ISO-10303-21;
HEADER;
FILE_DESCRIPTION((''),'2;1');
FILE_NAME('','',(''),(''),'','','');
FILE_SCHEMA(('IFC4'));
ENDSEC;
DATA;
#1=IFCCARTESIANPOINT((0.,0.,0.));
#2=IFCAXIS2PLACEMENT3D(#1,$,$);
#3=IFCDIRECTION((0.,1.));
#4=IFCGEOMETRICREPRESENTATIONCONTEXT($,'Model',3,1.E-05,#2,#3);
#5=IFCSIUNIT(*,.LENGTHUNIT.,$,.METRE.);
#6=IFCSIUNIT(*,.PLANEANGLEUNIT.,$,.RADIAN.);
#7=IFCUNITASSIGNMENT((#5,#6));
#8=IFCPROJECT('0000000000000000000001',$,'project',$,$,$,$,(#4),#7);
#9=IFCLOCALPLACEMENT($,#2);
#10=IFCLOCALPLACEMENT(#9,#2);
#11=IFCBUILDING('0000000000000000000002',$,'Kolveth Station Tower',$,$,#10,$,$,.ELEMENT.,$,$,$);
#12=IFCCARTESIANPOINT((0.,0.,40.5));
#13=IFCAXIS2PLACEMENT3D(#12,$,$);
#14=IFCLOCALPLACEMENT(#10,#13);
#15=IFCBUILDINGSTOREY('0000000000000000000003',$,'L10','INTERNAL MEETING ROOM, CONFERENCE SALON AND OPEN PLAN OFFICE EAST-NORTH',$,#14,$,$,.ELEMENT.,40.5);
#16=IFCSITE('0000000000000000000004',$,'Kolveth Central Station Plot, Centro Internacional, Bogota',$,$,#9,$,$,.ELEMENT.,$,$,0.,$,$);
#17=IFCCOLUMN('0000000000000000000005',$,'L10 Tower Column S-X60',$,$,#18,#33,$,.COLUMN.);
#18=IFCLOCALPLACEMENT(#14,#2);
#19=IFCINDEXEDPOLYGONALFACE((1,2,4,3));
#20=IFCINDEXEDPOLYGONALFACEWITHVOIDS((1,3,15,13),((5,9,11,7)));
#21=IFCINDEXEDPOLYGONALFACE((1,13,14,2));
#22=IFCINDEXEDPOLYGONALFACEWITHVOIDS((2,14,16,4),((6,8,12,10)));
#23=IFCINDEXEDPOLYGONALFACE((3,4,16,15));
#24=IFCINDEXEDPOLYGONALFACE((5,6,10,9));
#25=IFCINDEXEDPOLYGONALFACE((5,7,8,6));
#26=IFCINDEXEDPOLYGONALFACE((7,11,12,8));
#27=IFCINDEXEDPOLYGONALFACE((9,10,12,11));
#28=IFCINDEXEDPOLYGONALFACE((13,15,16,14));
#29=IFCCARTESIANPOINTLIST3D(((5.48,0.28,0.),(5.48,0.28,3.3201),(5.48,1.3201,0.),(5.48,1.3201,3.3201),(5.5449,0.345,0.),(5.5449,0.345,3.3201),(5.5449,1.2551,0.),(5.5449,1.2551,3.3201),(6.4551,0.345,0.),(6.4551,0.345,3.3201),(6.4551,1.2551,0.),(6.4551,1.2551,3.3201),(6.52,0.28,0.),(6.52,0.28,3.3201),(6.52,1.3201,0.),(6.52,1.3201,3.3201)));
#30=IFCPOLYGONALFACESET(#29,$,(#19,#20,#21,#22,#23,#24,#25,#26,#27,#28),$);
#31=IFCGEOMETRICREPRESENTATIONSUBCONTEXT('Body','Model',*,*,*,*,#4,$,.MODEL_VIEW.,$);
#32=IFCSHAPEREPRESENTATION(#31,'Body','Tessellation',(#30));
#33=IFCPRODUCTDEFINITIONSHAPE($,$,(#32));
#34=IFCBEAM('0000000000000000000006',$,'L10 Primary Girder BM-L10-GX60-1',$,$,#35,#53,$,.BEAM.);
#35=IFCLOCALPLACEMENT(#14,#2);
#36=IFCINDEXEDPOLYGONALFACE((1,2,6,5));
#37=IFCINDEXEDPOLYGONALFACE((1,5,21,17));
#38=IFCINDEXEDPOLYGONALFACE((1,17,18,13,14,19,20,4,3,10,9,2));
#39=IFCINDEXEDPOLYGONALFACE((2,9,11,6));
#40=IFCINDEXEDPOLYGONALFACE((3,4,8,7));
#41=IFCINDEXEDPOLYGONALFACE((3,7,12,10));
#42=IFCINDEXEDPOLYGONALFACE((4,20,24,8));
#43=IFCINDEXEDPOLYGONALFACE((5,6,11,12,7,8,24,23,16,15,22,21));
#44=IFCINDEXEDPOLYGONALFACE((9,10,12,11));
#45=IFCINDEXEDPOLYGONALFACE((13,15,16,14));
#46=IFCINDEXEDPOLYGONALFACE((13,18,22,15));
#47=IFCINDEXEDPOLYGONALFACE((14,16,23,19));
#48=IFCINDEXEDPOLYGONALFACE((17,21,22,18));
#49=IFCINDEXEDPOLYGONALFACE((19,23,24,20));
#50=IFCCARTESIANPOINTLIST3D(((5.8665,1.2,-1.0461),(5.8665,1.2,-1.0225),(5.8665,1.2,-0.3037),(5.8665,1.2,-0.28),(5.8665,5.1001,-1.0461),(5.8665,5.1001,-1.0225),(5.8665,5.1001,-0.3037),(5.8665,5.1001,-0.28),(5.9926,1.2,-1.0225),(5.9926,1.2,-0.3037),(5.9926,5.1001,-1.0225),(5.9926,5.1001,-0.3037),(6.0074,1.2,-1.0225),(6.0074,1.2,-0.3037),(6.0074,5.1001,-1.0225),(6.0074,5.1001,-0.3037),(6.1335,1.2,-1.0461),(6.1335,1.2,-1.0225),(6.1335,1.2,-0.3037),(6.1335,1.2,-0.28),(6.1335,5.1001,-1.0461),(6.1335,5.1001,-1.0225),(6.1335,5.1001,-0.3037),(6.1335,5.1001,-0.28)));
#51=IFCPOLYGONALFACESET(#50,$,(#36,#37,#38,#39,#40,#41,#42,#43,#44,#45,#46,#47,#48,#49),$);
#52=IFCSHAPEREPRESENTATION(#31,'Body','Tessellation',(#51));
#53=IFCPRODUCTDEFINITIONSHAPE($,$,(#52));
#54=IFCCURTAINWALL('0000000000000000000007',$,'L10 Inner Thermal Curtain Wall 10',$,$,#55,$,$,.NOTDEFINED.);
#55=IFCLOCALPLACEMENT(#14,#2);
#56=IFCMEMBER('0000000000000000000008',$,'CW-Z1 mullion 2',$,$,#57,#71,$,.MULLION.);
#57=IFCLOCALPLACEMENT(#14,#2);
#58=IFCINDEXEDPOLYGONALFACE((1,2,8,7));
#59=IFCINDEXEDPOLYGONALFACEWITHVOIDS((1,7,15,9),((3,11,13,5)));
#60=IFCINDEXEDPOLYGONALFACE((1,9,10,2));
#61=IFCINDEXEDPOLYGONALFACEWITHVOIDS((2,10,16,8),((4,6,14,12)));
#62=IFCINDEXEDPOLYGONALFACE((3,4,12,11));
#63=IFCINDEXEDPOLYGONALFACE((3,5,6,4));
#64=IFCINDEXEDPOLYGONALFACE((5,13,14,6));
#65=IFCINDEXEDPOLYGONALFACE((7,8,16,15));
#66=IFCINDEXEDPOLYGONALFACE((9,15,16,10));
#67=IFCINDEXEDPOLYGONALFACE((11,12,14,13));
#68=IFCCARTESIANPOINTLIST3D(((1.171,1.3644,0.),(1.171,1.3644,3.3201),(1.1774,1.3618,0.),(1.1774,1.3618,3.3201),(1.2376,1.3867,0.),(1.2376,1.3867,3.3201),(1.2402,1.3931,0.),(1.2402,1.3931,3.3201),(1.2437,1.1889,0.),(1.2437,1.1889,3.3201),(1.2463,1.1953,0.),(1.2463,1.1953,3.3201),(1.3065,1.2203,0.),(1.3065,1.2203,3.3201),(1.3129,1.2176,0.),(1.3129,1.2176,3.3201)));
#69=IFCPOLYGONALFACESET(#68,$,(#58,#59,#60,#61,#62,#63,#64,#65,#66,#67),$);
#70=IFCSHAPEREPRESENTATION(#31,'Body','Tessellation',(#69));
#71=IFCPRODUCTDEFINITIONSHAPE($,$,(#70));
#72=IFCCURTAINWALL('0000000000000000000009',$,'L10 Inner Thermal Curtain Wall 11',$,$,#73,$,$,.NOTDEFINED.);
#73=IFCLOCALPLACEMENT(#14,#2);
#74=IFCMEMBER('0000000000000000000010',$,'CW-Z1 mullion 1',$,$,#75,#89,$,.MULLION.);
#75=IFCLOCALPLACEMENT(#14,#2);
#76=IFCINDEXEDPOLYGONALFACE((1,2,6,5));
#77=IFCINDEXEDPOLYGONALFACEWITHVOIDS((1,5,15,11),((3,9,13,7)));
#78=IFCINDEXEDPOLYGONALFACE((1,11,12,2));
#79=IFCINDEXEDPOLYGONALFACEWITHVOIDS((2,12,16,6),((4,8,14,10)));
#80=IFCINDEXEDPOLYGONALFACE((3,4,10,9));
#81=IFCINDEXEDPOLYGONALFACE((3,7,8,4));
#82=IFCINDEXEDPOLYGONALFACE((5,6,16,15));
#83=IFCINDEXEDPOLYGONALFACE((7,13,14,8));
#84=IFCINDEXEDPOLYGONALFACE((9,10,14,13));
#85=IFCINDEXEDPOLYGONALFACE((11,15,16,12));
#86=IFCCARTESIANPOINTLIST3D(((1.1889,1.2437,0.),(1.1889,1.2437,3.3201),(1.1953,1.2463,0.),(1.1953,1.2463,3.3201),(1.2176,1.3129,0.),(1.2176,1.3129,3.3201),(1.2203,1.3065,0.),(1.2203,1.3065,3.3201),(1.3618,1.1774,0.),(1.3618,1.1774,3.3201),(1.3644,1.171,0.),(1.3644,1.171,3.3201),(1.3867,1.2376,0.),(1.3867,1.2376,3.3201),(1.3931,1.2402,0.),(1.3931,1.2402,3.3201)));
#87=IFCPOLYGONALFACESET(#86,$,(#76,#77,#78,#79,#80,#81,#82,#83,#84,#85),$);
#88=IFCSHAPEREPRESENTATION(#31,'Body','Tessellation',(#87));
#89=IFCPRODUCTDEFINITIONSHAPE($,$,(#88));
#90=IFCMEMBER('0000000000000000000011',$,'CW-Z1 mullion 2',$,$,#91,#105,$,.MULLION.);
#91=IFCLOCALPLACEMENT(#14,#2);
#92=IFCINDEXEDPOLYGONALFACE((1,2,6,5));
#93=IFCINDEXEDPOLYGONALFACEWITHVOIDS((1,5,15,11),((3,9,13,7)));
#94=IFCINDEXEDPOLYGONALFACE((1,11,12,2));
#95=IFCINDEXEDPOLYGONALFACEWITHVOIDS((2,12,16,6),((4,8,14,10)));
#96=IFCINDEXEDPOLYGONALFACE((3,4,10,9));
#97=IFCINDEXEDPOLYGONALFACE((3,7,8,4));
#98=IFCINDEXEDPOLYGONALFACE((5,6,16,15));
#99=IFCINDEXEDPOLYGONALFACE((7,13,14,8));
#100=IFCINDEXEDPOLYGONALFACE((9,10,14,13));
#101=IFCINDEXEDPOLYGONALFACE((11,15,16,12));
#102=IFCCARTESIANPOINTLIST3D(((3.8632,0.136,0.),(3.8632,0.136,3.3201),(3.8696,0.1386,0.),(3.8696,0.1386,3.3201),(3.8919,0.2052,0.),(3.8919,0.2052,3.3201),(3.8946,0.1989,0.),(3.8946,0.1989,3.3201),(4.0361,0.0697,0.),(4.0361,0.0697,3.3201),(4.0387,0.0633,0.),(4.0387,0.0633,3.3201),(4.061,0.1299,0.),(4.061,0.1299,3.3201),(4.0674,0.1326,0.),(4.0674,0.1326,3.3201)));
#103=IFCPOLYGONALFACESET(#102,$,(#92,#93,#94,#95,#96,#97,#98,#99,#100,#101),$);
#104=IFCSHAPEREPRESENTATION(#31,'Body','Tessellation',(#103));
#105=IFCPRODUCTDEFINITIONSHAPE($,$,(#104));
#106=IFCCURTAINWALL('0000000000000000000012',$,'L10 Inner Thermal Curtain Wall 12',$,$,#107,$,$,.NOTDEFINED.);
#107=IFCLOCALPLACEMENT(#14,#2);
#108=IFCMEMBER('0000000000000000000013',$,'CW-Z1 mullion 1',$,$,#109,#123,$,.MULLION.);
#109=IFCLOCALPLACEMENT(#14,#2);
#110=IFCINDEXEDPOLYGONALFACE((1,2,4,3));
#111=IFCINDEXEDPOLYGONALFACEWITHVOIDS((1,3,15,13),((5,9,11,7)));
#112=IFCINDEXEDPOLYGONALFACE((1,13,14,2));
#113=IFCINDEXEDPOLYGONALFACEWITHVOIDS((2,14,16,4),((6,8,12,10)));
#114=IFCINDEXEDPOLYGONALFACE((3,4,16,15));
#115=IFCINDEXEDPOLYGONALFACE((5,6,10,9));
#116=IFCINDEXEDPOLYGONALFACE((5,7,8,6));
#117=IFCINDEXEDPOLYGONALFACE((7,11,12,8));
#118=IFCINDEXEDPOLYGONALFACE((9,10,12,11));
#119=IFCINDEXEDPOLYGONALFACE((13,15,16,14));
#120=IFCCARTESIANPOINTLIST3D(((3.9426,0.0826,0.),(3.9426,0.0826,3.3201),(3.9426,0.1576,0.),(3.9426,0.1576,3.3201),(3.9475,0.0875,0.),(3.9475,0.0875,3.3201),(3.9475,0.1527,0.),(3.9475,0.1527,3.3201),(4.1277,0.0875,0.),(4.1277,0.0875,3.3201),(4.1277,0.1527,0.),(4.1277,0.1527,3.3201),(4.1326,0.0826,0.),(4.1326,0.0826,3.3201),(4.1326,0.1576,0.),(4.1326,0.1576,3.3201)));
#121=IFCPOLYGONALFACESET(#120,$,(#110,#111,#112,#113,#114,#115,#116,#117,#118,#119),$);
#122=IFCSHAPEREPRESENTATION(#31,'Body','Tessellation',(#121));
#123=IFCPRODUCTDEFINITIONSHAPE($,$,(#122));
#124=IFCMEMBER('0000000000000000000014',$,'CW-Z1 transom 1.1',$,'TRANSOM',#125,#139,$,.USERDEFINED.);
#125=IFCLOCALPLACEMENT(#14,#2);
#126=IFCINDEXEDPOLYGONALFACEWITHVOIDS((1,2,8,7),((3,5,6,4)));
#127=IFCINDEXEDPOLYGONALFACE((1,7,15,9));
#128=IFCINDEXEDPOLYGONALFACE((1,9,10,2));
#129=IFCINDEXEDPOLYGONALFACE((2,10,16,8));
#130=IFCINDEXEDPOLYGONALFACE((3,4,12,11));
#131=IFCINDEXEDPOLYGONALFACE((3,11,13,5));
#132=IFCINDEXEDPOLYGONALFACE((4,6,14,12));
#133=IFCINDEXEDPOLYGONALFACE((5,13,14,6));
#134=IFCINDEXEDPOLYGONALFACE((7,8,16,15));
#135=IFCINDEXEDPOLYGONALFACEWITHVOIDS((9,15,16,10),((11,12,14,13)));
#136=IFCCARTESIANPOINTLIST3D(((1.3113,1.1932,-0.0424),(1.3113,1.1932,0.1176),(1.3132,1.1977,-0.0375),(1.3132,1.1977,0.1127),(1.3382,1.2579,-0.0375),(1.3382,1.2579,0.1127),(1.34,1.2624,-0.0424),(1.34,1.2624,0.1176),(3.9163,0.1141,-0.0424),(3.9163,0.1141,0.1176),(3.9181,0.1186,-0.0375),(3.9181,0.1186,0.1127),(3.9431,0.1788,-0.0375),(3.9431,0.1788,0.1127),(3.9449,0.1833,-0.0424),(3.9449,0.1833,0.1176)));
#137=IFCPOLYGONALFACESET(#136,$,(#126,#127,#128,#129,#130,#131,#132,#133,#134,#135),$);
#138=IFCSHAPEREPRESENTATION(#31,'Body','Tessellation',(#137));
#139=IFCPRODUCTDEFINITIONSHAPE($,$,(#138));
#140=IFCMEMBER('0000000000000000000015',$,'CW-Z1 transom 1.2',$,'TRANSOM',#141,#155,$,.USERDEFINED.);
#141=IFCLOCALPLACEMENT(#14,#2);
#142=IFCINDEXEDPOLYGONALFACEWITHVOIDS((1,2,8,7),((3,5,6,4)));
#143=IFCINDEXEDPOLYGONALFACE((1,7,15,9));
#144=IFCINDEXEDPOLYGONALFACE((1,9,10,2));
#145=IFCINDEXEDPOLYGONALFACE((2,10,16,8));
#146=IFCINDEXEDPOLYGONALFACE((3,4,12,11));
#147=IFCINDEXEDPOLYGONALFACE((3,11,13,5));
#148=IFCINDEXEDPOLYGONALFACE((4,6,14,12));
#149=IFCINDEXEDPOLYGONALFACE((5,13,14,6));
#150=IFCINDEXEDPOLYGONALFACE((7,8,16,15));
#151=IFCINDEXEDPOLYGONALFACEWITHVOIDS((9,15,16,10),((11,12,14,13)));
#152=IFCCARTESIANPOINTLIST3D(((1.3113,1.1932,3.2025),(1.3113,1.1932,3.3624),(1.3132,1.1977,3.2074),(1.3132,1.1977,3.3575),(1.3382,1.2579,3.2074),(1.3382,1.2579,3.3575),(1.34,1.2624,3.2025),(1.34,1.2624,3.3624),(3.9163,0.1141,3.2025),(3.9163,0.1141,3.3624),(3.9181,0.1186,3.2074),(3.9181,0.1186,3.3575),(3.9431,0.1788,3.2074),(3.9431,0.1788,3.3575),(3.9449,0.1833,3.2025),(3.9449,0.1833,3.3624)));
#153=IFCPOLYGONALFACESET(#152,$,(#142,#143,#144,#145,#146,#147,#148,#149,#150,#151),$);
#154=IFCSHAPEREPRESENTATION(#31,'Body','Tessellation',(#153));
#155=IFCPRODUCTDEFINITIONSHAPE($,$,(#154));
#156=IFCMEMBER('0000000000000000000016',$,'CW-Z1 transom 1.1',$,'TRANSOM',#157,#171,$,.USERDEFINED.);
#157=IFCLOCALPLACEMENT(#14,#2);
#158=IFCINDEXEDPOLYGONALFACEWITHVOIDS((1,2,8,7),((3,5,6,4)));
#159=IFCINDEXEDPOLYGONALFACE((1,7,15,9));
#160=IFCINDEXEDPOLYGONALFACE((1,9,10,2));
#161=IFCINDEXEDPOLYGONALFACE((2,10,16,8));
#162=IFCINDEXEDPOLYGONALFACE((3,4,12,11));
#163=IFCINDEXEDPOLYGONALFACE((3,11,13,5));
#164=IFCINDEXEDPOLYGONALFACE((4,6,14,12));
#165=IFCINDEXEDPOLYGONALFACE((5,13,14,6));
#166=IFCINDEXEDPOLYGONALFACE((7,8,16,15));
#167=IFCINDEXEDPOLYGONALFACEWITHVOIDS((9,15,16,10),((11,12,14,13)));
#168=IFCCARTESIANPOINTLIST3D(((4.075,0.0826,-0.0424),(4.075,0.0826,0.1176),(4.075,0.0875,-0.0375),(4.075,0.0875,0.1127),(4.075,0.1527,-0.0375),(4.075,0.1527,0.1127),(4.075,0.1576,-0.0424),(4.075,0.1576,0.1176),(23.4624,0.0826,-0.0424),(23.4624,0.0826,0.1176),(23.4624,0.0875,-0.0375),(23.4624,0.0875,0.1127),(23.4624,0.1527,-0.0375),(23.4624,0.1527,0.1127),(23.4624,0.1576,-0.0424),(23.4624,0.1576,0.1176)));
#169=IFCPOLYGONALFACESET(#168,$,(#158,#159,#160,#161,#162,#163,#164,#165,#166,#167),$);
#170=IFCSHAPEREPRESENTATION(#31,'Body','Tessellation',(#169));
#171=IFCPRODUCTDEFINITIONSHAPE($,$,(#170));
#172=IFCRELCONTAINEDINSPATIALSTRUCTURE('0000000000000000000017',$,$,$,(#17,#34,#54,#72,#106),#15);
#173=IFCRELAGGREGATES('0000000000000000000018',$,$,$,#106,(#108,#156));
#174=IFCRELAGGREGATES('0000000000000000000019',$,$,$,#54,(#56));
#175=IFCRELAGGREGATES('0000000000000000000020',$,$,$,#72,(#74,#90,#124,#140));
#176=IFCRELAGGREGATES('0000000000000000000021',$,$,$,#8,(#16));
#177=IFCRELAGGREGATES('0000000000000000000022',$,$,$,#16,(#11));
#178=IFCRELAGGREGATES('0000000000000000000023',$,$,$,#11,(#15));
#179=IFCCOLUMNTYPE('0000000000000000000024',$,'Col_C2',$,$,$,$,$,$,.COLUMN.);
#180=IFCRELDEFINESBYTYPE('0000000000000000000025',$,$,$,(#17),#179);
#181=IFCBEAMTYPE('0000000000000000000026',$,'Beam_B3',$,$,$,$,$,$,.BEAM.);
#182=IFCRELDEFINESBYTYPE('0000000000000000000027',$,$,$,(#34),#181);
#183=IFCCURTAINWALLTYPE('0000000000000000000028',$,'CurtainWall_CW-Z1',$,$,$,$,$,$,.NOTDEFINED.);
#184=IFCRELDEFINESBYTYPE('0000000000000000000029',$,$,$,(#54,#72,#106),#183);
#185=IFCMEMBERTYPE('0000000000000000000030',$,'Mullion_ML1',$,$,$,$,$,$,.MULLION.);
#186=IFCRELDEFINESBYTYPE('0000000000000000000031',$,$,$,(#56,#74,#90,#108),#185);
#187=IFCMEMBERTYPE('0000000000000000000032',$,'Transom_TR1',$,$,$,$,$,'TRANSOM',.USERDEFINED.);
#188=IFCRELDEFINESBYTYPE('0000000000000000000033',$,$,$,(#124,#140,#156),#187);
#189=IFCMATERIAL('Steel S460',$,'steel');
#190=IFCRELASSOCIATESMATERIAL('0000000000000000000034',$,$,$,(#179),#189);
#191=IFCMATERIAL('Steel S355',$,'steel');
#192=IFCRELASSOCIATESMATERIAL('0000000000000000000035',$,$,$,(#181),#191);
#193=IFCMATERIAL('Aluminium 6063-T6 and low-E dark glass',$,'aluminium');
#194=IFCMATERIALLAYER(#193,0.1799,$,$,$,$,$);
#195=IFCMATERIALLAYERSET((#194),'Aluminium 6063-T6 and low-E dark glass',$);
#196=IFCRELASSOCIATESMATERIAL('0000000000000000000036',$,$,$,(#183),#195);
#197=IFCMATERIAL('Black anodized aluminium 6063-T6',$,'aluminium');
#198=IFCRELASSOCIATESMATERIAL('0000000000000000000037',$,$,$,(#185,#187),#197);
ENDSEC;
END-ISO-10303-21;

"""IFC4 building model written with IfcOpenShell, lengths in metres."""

from ifc_helpers import new_model, si_unit, direction, frame, origin, origin_2d, place, context, subcontext, project, spatial, hollow_rectangle, i_section, extrude, source, transform, mapped, material, layer, layer_set, material_profile, profile_set, type_object, element, aggregate, save


model = new_model("IFC4")

# Units and contexts
model_context = context("Model", 3, precision=1e-05, world=origin(), true_north=direction((0.0, 1.0)))
body_context = subcontext(model_context, "Body", "Model", "MODEL_VIEW")
ifc_project = project(units=[si_unit("LENGTHUNIT", "METRE"), si_unit("PLANEANGLEUNIT", "RADIAN")], contexts=[model_context])

# Site, building, storey
site_placement = place(None, origin())
site = spatial("IfcSite", under=ifc_project, at=site_placement, Name="Kolveth Central Station Plot, Centro Internacional, Bogota", CompositionType="ELEMENT", RefElevation=0.0)
building_placement = place(site_placement, origin())
building = spatial("IfcBuilding", under=site, at=building_placement, Name="Kolveth Station Tower", CompositionType="ELEMENT")
storey_placement = place(building_placement, frame((0.0, 0.0, 40.5)))
storey = spatial("IfcBuildingStorey", under=building, at=storey_placement, Name="L10", Description="INTERNAL MEETING ROOM, CONFERENCE SALON AND OPEN PLAN OFFICE EAST-NORTH", CompositionType="ELEMENT", Elevation=40.5)

# Column
ifc_material_1 = material(Name="Steel S460", Category="steel")
ifc_material_profile_1 = material_profile(ifc_material_1, hollow_rectangle(XDim=1.04, YDim=1.04, WallThickness=0.0649, at=origin_2d()), Name="BOX1040x1040x65")
ifc_profile_set_1 = profile_set([ifc_material_profile_1], Name="Steel S460")
column_type = type_object("IfcColumnType", Name="Col_C2", PredefinedType="COLUMN", material=ifc_profile_set_1)
shared_shape_1 = source(origin(), body_context, "Body", "SweptSolid", [
    extrude(hollow_rectangle(XDim=1.04, YDim=1.04, WallThickness=0.0649, at=origin_2d()), origin(), (0.0, 0.0, 1.0), 3.3201),
])
column_placement = place(storey_placement, frame((6.0, 0.8, 0.0), z_axis=(0.0, 0.0, 1.0), x_axis=(1.0, 0.0, 0.0)))
element("IfcColumn", 1, at=column_placement, inside=storey, type_object=column_type, Name="L10 Tower Column S-X60", PredefinedType="COLUMN", context=body_context, shape_type="MappedRepresentation", body=[
    mapped(shared_shape_1, transform((0.0, 0.0, 0.0), x_axis=(1.0, 0.0, 0.0), y_axis=(0.0, 1.0, 0.0), z_axis=(0.0, 0.0, 1.0), scale=1.0)),
])

# Beam
ifc_material_2 = material(Name="Steel S355", Category="steel")
ifc_material_profile_2 = material_profile(ifc_material_2, i_section(OverallWidth=0.2671, OverallDepth=0.7661, WebThickness=0.0149, FlangeThickness=0.0237, at=origin_2d()), Name="W760x185")
ifc_profile_set_2 = profile_set([ifc_material_profile_2], Name="Steel S355")
beam_type = type_object("IfcBeamType", Name="Beam_B3", PredefinedType="BEAM", material=ifc_profile_set_2)
shared_shape_2 = source(origin(), body_context, "Body", "SweptSolid", [
    extrude(i_section(OverallWidth=0.2671, OverallDepth=0.7661, WebThickness=0.0149, FlangeThickness=0.0237, at=origin_2d()), origin(), (0.0, 0.0, 1.0), 3.9001),
])
beam_placement = place(storey_placement, frame((6.0, 1.2, -0.6631), z_axis=(0.0, 1.0, 0.0), x_axis=(-1.0, 0.0, 0.0)))
element("IfcBeam", 2, at=beam_placement, inside=storey, type_object=beam_type, Name="L10 Primary Girder BM-L10-GX60-1", PredefinedType="BEAM", context=body_context, shape_type="MappedRepresentation", body=[
    mapped(shared_shape_2, transform((0.0, 0.0, 0.0), x_axis=(1.0, 0.0, 0.0), y_axis=(0.0, 1.0, 0.0), z_axis=(0.0, 0.0, 1.0), scale=1.0)),
])

# Curtain wall, member
ifc_material_3 = material(Name="Aluminium 6063-T6 and low-E dark glass", Category="aluminium")
ifc_layer_1 = layer(ifc_material_3, 0.1799)
ifc_layer_set_1 = layer_set([ifc_layer_1], Name="Aluminium 6063-T6 and low-E dark glass")
curtain_wall_type_1 = type_object("IfcCurtainWallType", Name="CurtainWall_CW-Z1", PredefinedType="NOTDEFINED", material=ifc_layer_set_1)
curtain_wall_1_placement = place(storey_placement, origin())
curtain_wall_1 = element("IfcCurtainWall", 3, at=curtain_wall_1_placement, inside=storey, type_object=curtain_wall_type_1, Name="L10 Inner Thermal Curtain Wall 10", PredefinedType="NOTDEFINED")
ifc_material_4 = material(Name="Black anodized aluminium 6063-T6", Category="aluminium")
ifc_material_profile_3 = material_profile(ifc_material_4, hollow_rectangle(XDim=0.075, YDim=0.1899, WallThickness=0.0049, at=origin_2d()), Name="ALU-75x190x5")
ifc_profile_set_3 = profile_set([ifc_material_profile_3], Name="Black anodized aluminium 6063-T6")
member_type_1 = type_object("IfcMemberType", Name="Mullion_ML1", PredefinedType="MULLION", material=ifc_profile_set_3)
shared_shape_3 = source(origin(), body_context, "Body", "SweptSolid", [
    extrude(hollow_rectangle(XDim=0.075, YDim=0.1899, WallThickness=0.0049, at=origin_2d()), origin(), (0.0, 0.0, 1.0), 3.3201),
])
member_1_placement = place(storey_placement, frame((1.2419, 1.291, 0.0), z_axis=(0.0, 0.0, 1.0), x_axis=(0.923884, 0.382673, 0.0)))
member_1 = element("IfcMember", 4, at=member_1_placement, type_object=member_type_1, Name="CW-Z1 mullion 2", PredefinedType="MULLION", context=body_context, shape_type="MappedRepresentation", body=[
    mapped(shared_shape_3, transform((0.0, 0.0, 0.0), x_axis=(1.0, 0.0, 0.0), y_axis=(0.0, 1.0, 0.0), z_axis=(0.0, 0.0, 1.0), scale=1.0)),
])

# Curtain wall, members
curtain_wall_2_placement = place(storey_placement, origin())
curtain_wall_2 = element("IfcCurtainWall", 5, at=curtain_wall_2_placement, inside=storey, type_object=curtain_wall_type_1, Name="L10 Inner Thermal Curtain Wall 11", PredefinedType="NOTDEFINED")
member_2_placement = place(storey_placement, frame((1.291, 1.2419, 0.0), z_axis=(0.0, 0.0, 1.0), x_axis=(0.382673, 0.923884, 0.0)))
member_2 = element("IfcMember", 6, at=member_2_placement, type_object=member_type_1, Name="CW-Z1 mullion 1", PredefinedType="MULLION", context=body_context, shape_type="MappedRepresentation", body=[
    mapped(shared_shape_3, transform((0.0, 0.0, 0.0), x_axis=(1.0, 0.0, 0.0), y_axis=(0.0, 1.0, 0.0), z_axis=(0.0, 0.0, 1.0), scale=1.0)),
])
member_3_placement = place(storey_placement, frame((3.9653, 0.1343, 0.0), z_axis=(0.0, 0.0, 1.0), x_axis=(0.382673, 0.923884, 0.0)))
member_3 = element("IfcMember", 7, at=member_3_placement, type_object=member_type_1, Name="CW-Z1 mullion 2", PredefinedType="MULLION", context=body_context, shape_type="MappedRepresentation", body=[
    mapped(shared_shape_3, transform((0.0, 0.0, 0.0), x_axis=(1.0, 0.0, 0.0), y_axis=(0.0, 1.0, 0.0), z_axis=(0.0, 0.0, 1.0), scale=1.0)),
])

# Curtain wall, member
curtain_wall_3_placement = place(storey_placement, origin())
curtain_wall_3 = element("IfcCurtainWall", 8, at=curtain_wall_3_placement, inside=storey, type_object=curtain_wall_type_1, Name="L10 Inner Thermal Curtain Wall 12", PredefinedType="NOTDEFINED")
member_4_placement = place(storey_placement, frame((4.0376, 0.1201, 0.0), z_axis=(0.0, 0.0, 1.0), x_axis=(0.0, 1.0, 0.0)))
member_4 = element("IfcMember", 9, at=member_4_placement, type_object=member_type_1, Name="CW-Z1 mullion 1", PredefinedType="MULLION", context=body_context, shape_type="MappedRepresentation", body=[
    mapped(shared_shape_3, transform((0.0, 0.0, 0.0), x_axis=(1.0, 0.0, 0.0), y_axis=(0.0, 1.0, 0.0), z_axis=(0.0, 0.0, 1.0), scale=1.0)),
])

# Members
ifc_material_profile_4 = material_profile(ifc_material_4, hollow_rectangle(XDim=0.075, YDim=0.1599, WallThickness=0.0049, at=origin_2d()), Name="ALU-75x160x5")
ifc_profile_set_4 = profile_set([ifc_material_profile_4], Name="Black anodized aluminium 6063-T6")
member_type_2 = type_object("IfcMemberType", Name="Transom_TR1", ElementType="TRANSOM", PredefinedType="USERDEFINED", material=ifc_profile_set_4)
shared_shape_4 = source(origin(), body_context, "Body", "SweptSolid", [
    extrude(hollow_rectangle(XDim=0.075, YDim=0.1599, WallThickness=0.0049, at=origin_2d()), origin(), (0.0, 0.0, 1.0), 2.8196),
])
member_5_placement = place(storey_placement, frame((1.3257, 1.2278, 0.0376), z_axis=(0.923869, -0.382709, 0.0), x_axis=(0.382709, 0.923869, 0.0)))
member_5 = element("IfcMember", 10, at=member_5_placement, type_object=member_type_2, Name="CW-Z1 transom 1.1", ObjectType="TRANSOM", PredefinedType="USERDEFINED", context=body_context, shape_type="MappedRepresentation", body=[
    mapped(shared_shape_4, transform((0.0, 0.0, 0.0), x_axis=(1.0, 0.0, 0.0), y_axis=(0.0, 1.0, 0.0), z_axis=(0.0, 0.0, 1.0), scale=1.0)),
])
member_6_placement = place(storey_placement, frame((1.3257, 1.2278, 3.2825), z_axis=(0.923869, -0.382709, 0.0), x_axis=(0.382709, 0.923869, 0.0)))
member_6 = element("IfcMember", 11, at=member_6_placement, type_object=member_type_2, Name="CW-Z1 transom 1.2", ObjectType="TRANSOM", PredefinedType="USERDEFINED", context=body_context, shape_type="MappedRepresentation", body=[
    mapped(shared_shape_4, transform((0.0, 0.0, 0.0), x_axis=(1.0, 0.0, 0.0), y_axis=(0.0, 1.0, 0.0), z_axis=(0.0, 0.0, 1.0), scale=1.0)),
])
shared_shape_5 = source(origin(), body_context, "Body", "SweptSolid", [
    extrude(hollow_rectangle(XDim=0.075, YDim=0.1599, WallThickness=0.0049, at=origin_2d()), origin(), (0.0, 0.0, 1.0), 19.3875),
])
member_7_placement = place(storey_placement, frame((4.075, 0.1201, 0.0376), z_axis=(1.0, 0.0, 0.0), x_axis=(0.0, 1.0, 0.0)))
member_7 = element("IfcMember", 12, at=member_7_placement, type_object=member_type_2, Name="CW-Z1 transom 1.1", ObjectType="TRANSOM", PredefinedType="USERDEFINED", context=body_context, shape_type="MappedRepresentation", body=[
    mapped(shared_shape_5, transform((0.0, 0.0, 0.0), x_axis=(1.0, 0.0, 0.0), y_axis=(0.0, 1.0, 0.0), z_axis=(0.0, 0.0, 1.0), scale=1.0)),
])
aggregate(curtain_wall_3, [member_4, member_7])

aggregate(curtain_wall_1, [member_1])
aggregate(curtain_wall_2, [member_2, member_3, member_5, member_6])

save(model, "model.ifc")
